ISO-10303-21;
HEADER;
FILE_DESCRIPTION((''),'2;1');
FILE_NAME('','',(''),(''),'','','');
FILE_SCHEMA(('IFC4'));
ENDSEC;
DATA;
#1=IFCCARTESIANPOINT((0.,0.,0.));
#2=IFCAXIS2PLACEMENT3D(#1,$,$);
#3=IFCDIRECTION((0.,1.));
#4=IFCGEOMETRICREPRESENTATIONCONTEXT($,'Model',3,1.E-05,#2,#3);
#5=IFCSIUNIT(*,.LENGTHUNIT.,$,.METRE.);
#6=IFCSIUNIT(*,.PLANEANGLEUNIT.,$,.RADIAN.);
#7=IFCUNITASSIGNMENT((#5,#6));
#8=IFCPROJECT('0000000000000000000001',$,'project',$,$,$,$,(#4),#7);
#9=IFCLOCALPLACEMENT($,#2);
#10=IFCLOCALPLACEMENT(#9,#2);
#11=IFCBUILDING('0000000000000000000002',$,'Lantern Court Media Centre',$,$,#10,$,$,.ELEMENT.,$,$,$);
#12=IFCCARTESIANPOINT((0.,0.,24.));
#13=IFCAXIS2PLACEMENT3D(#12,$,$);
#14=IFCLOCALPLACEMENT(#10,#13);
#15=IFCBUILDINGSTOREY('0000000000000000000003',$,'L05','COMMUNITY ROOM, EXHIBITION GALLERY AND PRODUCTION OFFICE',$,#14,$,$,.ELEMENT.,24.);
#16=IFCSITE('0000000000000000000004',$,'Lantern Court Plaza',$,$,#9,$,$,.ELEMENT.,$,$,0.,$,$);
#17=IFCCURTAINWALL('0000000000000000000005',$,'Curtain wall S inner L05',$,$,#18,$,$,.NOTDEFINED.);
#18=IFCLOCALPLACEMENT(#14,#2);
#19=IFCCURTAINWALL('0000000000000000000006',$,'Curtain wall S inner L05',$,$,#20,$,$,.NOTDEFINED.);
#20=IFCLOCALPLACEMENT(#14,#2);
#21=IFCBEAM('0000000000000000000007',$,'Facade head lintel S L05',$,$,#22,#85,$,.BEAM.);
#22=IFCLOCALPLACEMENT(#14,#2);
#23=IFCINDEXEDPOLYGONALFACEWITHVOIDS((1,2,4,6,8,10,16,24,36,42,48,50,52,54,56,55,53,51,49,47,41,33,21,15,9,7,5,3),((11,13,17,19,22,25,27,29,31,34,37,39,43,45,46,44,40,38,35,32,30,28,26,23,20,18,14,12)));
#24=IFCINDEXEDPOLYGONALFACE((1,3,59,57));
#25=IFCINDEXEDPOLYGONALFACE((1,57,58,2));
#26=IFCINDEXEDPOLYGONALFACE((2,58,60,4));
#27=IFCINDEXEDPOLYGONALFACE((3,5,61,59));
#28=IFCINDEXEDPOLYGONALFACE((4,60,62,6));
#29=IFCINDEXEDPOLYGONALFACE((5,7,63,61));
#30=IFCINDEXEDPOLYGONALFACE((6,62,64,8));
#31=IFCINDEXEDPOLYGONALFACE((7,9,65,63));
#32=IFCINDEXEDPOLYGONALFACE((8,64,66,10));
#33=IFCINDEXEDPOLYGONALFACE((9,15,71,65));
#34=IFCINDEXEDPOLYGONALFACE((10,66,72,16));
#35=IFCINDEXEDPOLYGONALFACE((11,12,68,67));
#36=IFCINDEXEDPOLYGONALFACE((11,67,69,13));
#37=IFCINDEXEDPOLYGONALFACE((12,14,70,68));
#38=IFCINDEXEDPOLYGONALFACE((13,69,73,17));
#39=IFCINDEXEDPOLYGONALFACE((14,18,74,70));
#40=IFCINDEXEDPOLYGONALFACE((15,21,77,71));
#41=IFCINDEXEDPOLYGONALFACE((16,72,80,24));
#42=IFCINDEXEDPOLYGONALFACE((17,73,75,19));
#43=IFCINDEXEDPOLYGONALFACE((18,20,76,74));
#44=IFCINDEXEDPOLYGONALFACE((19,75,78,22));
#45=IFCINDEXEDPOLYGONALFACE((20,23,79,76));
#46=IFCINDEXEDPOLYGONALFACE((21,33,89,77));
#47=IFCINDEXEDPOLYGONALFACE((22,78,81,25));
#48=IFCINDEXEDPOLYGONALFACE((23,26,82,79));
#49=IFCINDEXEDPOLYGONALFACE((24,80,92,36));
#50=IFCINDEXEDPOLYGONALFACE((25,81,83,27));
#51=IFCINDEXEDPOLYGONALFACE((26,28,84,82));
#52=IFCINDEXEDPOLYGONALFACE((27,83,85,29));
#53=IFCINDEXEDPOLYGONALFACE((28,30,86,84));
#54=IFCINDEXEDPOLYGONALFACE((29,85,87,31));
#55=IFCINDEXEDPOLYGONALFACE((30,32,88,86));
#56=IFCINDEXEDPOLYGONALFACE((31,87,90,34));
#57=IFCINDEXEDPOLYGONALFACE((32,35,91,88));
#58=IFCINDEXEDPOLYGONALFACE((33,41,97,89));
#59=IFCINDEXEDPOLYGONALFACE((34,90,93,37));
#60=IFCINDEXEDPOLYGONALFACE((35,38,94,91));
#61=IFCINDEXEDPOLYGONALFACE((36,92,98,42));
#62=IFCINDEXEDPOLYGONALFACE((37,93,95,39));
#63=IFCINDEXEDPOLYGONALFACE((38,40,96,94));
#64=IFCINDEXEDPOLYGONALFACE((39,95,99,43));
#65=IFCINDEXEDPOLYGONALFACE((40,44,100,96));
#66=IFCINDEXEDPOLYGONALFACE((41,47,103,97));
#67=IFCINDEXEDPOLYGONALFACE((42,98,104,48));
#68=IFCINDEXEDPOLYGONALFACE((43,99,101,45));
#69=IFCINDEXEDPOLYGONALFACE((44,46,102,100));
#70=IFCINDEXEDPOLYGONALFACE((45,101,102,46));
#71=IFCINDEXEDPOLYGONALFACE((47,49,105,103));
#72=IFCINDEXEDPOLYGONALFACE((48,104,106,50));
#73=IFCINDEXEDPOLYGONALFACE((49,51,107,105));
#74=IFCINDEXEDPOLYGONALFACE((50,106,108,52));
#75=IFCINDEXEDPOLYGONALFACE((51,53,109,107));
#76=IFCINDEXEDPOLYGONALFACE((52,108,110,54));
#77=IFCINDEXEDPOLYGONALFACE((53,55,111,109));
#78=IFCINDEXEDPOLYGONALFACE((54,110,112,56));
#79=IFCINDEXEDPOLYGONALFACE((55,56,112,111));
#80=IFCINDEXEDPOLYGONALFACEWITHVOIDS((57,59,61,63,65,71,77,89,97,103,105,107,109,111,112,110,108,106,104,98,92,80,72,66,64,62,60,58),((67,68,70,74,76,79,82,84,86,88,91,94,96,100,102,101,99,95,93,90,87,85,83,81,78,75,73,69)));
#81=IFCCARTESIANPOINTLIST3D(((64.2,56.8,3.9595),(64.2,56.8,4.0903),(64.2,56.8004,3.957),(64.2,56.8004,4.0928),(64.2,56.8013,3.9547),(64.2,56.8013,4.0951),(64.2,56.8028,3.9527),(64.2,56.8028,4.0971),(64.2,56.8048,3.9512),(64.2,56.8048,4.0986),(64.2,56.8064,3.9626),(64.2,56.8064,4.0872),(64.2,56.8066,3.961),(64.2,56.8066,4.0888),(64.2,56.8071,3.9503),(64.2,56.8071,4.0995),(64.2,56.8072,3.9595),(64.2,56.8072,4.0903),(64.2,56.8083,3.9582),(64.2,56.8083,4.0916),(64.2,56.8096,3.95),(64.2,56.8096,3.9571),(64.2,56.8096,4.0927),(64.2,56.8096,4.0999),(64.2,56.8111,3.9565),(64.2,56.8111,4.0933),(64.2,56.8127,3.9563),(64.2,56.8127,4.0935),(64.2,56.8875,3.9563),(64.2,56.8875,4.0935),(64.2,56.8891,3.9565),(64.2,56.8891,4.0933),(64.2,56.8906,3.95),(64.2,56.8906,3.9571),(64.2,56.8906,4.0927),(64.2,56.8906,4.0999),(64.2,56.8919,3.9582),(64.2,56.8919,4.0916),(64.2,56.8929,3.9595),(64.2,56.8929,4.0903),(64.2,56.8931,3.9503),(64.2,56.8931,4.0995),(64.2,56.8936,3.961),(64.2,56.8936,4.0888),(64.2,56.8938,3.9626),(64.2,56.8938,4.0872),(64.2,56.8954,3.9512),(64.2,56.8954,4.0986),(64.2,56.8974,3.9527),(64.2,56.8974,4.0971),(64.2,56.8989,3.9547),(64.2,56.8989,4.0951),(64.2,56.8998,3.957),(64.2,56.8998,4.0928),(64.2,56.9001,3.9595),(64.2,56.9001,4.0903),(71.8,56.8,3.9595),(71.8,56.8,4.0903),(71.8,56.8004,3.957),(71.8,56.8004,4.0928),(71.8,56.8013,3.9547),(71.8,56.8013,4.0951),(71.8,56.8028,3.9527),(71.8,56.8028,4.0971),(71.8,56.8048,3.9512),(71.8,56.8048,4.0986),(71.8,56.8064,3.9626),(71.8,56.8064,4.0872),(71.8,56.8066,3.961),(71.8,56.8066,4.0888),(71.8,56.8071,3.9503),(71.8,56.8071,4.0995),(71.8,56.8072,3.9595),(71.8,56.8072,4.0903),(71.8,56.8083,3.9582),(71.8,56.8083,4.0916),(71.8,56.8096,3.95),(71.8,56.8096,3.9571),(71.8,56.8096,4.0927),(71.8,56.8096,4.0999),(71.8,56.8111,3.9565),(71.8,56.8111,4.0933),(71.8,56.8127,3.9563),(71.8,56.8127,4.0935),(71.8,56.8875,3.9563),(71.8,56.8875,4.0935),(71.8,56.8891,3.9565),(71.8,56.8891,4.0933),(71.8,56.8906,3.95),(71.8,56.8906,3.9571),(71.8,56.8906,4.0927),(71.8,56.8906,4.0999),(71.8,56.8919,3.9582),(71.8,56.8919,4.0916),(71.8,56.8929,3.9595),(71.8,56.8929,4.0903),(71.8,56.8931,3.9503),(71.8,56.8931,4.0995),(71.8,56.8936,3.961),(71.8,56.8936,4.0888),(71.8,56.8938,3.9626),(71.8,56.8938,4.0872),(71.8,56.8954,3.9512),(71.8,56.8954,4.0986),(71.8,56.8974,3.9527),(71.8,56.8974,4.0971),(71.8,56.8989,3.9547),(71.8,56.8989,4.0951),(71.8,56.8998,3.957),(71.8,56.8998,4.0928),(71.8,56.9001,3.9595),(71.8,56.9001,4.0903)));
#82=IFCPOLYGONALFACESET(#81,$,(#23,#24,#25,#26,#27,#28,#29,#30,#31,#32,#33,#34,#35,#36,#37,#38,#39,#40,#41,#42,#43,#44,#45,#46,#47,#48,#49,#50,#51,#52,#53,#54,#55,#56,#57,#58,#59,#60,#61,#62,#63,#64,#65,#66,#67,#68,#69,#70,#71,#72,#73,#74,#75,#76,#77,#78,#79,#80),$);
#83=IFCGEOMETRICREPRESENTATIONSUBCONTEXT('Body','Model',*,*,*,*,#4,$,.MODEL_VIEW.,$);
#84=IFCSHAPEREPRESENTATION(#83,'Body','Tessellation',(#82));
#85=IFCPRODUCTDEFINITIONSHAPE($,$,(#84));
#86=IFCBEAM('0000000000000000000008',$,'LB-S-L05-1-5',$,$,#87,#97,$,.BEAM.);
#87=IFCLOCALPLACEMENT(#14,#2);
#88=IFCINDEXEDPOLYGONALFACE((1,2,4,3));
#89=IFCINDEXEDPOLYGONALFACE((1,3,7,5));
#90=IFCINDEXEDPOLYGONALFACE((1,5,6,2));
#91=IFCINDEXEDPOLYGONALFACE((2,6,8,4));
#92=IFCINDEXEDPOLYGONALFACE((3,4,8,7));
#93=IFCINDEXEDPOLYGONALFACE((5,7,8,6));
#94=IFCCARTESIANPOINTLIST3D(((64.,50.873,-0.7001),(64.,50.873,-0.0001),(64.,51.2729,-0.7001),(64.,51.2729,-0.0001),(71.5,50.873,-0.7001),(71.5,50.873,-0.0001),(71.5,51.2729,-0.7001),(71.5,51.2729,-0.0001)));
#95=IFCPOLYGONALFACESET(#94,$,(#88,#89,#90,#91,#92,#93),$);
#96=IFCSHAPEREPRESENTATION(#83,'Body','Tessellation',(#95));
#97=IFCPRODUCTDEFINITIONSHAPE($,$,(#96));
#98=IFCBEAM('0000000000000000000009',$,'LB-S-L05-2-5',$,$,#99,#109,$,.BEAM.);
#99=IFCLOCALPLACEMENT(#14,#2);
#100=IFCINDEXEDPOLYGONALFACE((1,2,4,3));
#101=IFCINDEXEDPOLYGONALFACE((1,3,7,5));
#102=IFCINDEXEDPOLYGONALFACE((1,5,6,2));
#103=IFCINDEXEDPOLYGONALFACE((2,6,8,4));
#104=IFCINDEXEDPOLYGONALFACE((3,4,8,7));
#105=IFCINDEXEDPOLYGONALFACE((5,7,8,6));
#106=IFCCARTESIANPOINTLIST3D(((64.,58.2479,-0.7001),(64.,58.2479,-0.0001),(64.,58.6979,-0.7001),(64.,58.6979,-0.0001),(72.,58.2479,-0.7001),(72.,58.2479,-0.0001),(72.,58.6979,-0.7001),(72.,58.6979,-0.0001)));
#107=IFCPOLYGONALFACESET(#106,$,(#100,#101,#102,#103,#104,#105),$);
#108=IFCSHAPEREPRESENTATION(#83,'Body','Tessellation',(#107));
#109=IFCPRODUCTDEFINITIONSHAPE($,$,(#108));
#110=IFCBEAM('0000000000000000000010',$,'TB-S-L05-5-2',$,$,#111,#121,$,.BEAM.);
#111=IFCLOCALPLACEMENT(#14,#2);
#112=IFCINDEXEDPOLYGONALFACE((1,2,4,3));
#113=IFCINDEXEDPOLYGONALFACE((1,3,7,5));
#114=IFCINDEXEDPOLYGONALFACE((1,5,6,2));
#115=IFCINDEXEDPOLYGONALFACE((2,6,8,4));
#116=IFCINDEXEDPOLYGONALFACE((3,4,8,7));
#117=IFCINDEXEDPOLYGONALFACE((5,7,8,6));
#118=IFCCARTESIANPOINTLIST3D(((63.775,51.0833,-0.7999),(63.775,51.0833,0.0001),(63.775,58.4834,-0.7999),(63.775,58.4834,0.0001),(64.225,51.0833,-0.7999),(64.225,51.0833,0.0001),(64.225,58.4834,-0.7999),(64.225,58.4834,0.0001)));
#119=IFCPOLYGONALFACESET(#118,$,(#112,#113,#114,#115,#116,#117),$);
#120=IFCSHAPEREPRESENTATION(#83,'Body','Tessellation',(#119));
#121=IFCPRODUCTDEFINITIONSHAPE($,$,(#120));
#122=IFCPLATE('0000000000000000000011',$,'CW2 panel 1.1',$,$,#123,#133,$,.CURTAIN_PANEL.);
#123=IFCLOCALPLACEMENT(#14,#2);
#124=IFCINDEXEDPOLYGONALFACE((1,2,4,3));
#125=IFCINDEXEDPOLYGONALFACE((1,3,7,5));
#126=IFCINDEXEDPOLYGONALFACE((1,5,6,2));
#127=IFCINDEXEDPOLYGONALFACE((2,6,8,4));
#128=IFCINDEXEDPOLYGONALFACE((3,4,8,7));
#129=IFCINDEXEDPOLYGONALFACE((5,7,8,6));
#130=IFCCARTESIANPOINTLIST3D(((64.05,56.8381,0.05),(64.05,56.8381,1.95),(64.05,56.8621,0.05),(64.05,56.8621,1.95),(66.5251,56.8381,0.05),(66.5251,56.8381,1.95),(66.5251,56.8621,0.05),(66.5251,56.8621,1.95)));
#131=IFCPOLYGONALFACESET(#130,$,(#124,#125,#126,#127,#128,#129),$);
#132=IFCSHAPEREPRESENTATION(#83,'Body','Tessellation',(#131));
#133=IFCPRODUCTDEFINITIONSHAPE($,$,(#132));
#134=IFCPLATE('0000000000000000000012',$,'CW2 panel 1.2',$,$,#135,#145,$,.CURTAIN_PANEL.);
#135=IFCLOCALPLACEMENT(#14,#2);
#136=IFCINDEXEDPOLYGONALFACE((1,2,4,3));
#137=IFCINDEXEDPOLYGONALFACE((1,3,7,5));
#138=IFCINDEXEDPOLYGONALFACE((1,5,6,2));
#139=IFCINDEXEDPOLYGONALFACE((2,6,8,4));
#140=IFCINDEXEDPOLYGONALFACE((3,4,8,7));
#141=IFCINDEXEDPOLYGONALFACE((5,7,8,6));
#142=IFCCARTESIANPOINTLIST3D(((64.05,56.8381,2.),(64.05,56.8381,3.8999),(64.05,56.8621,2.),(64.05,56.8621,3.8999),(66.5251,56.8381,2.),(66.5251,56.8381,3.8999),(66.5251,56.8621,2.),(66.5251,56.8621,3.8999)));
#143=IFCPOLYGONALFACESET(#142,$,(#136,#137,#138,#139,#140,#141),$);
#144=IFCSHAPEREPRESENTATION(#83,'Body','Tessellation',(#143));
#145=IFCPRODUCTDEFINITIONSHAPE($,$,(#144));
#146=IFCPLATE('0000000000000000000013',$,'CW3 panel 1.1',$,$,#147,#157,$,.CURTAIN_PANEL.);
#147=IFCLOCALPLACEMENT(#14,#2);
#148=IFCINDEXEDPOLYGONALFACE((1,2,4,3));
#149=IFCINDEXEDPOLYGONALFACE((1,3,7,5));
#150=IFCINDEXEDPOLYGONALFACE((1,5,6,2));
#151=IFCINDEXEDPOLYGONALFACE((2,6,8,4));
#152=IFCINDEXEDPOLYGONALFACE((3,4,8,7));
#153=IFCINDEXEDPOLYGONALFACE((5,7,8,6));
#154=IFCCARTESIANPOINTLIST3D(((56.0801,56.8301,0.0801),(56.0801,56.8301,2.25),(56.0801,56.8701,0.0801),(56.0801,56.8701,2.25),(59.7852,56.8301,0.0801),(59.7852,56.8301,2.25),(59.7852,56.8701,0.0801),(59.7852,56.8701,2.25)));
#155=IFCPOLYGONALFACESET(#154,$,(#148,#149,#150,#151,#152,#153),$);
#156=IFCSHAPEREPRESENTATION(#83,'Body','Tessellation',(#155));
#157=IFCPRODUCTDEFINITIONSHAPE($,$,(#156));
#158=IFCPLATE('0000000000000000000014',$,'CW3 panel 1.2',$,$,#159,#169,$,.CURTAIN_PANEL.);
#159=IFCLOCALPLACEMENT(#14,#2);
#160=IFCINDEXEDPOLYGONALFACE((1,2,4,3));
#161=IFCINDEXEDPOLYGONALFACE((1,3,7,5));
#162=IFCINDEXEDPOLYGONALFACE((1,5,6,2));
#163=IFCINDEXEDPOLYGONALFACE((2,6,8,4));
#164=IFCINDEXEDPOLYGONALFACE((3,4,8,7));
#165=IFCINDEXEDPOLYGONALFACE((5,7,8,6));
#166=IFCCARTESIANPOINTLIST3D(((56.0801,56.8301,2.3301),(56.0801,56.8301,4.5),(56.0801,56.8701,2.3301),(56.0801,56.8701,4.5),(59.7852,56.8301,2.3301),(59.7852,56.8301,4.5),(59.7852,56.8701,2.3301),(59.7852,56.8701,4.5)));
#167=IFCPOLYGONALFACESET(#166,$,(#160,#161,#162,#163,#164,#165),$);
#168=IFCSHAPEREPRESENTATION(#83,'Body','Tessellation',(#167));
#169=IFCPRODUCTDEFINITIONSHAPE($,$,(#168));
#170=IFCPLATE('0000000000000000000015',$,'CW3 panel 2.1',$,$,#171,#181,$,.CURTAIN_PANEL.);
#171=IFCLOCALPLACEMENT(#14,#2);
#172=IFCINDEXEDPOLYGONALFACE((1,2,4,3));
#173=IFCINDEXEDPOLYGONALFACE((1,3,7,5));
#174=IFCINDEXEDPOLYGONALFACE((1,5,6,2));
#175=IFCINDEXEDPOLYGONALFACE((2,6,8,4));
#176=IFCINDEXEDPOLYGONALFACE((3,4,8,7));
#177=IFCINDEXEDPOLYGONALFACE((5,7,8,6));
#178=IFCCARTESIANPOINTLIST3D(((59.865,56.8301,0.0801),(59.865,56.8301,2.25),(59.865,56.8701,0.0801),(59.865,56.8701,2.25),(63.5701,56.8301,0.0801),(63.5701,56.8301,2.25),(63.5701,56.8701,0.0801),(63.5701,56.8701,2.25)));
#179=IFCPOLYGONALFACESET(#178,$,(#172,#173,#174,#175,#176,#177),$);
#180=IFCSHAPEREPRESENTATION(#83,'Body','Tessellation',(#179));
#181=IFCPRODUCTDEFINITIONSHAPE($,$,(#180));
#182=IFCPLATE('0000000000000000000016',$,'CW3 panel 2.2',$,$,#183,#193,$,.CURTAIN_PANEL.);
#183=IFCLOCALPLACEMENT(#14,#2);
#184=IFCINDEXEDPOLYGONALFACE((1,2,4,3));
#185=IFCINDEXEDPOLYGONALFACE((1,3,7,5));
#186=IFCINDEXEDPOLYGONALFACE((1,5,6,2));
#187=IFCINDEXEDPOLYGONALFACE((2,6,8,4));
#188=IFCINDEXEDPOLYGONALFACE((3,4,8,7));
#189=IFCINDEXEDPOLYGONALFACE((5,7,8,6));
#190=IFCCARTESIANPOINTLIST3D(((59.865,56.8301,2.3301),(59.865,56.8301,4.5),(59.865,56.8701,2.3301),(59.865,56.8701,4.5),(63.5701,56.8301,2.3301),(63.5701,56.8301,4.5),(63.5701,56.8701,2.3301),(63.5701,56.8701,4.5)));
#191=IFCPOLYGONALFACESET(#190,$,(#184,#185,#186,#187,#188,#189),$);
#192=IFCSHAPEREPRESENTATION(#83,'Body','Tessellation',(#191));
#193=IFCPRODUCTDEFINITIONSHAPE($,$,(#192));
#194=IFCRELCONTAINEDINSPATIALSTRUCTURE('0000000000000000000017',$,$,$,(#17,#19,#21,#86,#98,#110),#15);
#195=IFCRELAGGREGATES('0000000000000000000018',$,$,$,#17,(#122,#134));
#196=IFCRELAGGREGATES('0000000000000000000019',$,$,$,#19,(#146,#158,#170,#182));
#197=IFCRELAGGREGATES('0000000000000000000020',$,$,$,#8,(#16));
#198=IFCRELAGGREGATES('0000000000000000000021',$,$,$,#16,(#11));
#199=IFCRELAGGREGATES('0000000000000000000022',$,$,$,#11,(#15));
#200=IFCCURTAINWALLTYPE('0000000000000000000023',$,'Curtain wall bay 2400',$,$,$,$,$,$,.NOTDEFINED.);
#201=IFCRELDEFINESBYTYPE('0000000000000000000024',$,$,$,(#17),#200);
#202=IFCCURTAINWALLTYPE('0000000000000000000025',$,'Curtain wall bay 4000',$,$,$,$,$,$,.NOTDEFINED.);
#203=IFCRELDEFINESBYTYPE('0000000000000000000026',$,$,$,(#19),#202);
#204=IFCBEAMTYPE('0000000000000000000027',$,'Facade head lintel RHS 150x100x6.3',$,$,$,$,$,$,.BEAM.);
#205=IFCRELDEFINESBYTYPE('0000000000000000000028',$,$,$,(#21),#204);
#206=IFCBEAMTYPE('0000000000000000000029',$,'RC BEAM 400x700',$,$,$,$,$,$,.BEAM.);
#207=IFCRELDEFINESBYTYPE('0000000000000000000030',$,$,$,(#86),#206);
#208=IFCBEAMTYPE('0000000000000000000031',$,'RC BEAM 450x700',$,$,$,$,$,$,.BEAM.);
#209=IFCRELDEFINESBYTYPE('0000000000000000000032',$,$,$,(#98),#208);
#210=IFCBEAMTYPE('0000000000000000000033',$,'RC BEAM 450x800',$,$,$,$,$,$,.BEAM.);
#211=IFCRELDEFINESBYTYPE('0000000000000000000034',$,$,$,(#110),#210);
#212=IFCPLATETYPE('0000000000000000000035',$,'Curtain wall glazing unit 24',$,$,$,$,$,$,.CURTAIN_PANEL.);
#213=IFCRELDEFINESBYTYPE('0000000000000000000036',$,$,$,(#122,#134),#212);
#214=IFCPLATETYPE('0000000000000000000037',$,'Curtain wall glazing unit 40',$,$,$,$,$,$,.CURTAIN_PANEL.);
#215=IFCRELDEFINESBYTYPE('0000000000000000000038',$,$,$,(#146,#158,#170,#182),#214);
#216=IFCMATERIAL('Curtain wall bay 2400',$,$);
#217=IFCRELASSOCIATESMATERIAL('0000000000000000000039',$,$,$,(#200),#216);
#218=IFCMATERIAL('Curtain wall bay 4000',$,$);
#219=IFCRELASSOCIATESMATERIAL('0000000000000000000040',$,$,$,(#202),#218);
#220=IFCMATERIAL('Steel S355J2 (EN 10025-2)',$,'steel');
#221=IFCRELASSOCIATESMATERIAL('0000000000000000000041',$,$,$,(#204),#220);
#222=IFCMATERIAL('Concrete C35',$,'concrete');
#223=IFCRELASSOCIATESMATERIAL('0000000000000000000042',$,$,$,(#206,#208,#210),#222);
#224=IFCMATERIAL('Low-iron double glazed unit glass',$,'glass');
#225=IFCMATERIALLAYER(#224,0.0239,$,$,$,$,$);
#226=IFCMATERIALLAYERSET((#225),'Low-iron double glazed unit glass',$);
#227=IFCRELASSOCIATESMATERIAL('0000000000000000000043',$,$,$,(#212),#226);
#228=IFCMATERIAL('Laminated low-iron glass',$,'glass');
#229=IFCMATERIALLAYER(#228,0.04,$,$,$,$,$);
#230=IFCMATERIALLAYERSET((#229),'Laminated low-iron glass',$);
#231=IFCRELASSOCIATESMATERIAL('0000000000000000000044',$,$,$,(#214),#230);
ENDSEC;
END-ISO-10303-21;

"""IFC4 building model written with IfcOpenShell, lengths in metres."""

from ifc_helpers import new_model, si_unit, direction, frame, origin, origin_2d, place, context, subcontext, project, spatial, rectangle, hollow_rectangle, extrude, material, layer, layer_set, material_profile, profile_set, type_object, element, aggregate, save


model = new_model("IFC4")

# Units and contexts
model_context = context("Model", 3, precision=1e-05, world=origin(), true_north=direction((0.0, 1.0)))
body_context = subcontext(model_context, "Body", "Model", "MODEL_VIEW")
ifc_project = project(units=[si_unit("LENGTHUNIT", "METRE"), si_unit("PLANEANGLEUNIT", "RADIAN")], contexts=[model_context])

# Site, building, storey
site_placement = place(None, origin())
site = spatial("IfcSite", under=ifc_project, at=site_placement, Name="Lantern Court Plaza", CompositionType="ELEMENT", RefElevation=0.0)
building_placement = place(site_placement, origin())
building = spatial("IfcBuilding", under=site, at=building_placement, Name="Lantern Court Media Centre", CompositionType="ELEMENT")
storey_placement = place(building_placement, frame((0.0, 0.0, 24.0)))
storey = spatial("IfcBuildingStorey", under=building, at=storey_placement, Name="L05", Description="COMMUNITY ROOM, EXHIBITION GALLERY AND PRODUCTION OFFICE", CompositionType="ELEMENT", Elevation=24.0)

# Shared definitions
ifc_material_1 = material(Name="Concrete C35", Category="concrete")

# Curtain walls
ifc_material_2 = material(Name="Curtain wall bay 2400")
curtain_wall_type_1 = type_object("IfcCurtainWallType", Name="Curtain wall bay 2400", PredefinedType="NOTDEFINED", material=ifc_material_2)
curtain_wall_1_placement = place(storey_placement, origin())
curtain_wall_1 = element("IfcCurtainWall", 1, at=curtain_wall_1_placement, inside=storey, type_object=curtain_wall_type_1, Name="Curtain wall S inner L05", PredefinedType="NOTDEFINED")
ifc_material_3 = material(Name="Curtain wall bay 4000")
curtain_wall_type_2 = type_object("IfcCurtainWallType", Name="Curtain wall bay 4000", PredefinedType="NOTDEFINED", material=ifc_material_3)
curtain_wall_2_placement = place(storey_placement, origin())
curtain_wall_2 = element("IfcCurtainWall", 2, at=curtain_wall_2_placement, inside=storey, type_object=curtain_wall_type_2, Name="Curtain wall S inner L05", PredefinedType="NOTDEFINED")

# Beams
ifc_material_4 = material(Name="Steel S355J2 (EN 10025-2)", Category="steel")
ifc_material_profile_1 = material_profile(ifc_material_4, hollow_rectangle(XDim=0.1001, YDim=0.1499, WallThickness=0.0063, InnerFilletRadius=0.0063, OuterFilletRadius=0.0095, at=origin_2d()), Name="Facade head lintel RHS 150x100x6.3")
ifc_profile_set_1 = profile_set([ifc_material_profile_1], Name="Steel S355J2 (EN 10025-2)")
beam_type_1 = type_object("IfcBeamType", Name="Facade head lintel RHS 150x100x6.3", PredefinedType="BEAM", material=ifc_profile_set_1)
beam_1_placement = place(storey_placement, frame((64.2, 56.8501, 4.0249), z_axis=(1.0, 0.0, 0.0), x_axis=(0.0, 1.0, 0.0)))
element("IfcBeam", 3, at=beam_1_placement, inside=storey, type_object=beam_type_1, Name="Facade head lintel S L05", PredefinedType="BEAM", context=body_context, shape_type="SweptSolid", body=[
    extrude(hollow_rectangle(XDim=0.1001, YDim=0.1499, WallThickness=0.0063, InnerFilletRadius=0.0063, OuterFilletRadius=0.0095, at=origin_2d()), origin(), (0.0, 0.0, 1.0), 7.6001),
])
ifc_material_profile_2 = material_profile(ifc_material_1, rectangle(XDim=0.3999, YDim=0.7, at=origin_2d()), Name="RC 400x700")
ifc_profile_set_2 = profile_set([ifc_material_profile_2], Name="Concrete C35")
beam_type_2 = type_object("IfcBeamType", Name="RC BEAM 400x700", PredefinedType="BEAM", material=ifc_profile_set_2)
beam_2_placement = place(storey_placement, frame((64.0, 51.073, -0.3501), z_axis=(1.0, 0.0, 0.0), x_axis=(0.0, 1.0, 0.0)))
element("IfcBeam", 4, at=beam_2_placement, inside=storey, type_object=beam_type_2, Name="LB-S-L05-1-5", PredefinedType="BEAM", context=body_context, shape_type="SweptSolid", body=[
    extrude(rectangle(XDim=0.3999, YDim=0.7, at=origin_2d()), origin(), (0.0, 0.0, 1.0), 7.5),
])
ifc_material_profile_3 = material_profile(ifc_material_1, rectangle(XDim=0.45, YDim=0.7, at=origin_2d()), Name="RC 450x700")
ifc_profile_set_3 = profile_set([ifc_material_profile_3], Name="Concrete C35")
beam_type_3 = type_object("IfcBeamType", Name="RC BEAM 450x700", PredefinedType="BEAM", material=ifc_profile_set_3)
beam_3_placement = place(storey_placement, frame((64.0, 58.4729, -0.3501), z_axis=(1.0, 0.0, 0.0), x_axis=(0.0, 1.0, 0.0)))
element("IfcBeam", 5, at=beam_3_placement, inside=storey, type_object=beam_type_3, Name="LB-S-L05-2-5", PredefinedType="BEAM", context=body_context, shape_type="SweptSolid", body=[
    extrude(rectangle(XDim=0.45, YDim=0.7, at=origin_2d()), origin(), (0.0, 0.0, 1.0), 8.0),
])
ifc_material_profile_4 = material_profile(ifc_material_1, rectangle(XDim=0.45, YDim=0.8, at=origin_2d()), Name="RC 450x800")
ifc_profile_set_4 = profile_set([ifc_material_profile_4], Name="Concrete C35")
beam_type_4 = type_object("IfcBeamType", Name="RC BEAM 450x800", PredefinedType="BEAM", material=ifc_profile_set_4)
beam_4_placement = place(storey_placement, frame((64.0, 51.0833, -0.3999), z_axis=(0.0, 1.0, 0.0), x_axis=(-1.0, 0.0, 0.0)))
element("IfcBeam", 6, at=beam_4_placement, inside=storey, type_object=beam_type_4, Name="TB-S-L05-5-2", PredefinedType="BEAM", context=body_context, shape_type="SweptSolid", body=[
    extrude(rectangle(XDim=0.45, YDim=0.8, at=origin_2d()), origin(), (0.0, 0.0, 1.0), 7.4001),
])

# Plates
ifc_material_5 = material(Name="Low-iron double glazed unit glass", Category="glass")
ifc_layer_1 = layer(ifc_material_5, 0.0239)
ifc_layer_set_1 = layer_set([ifc_layer_1], Name="Low-iron double glazed unit glass")
plate_type_1 = type_object("IfcPlateType", Name="Curtain wall glazing unit 24", PredefinedType="CURTAIN_PANEL", material=ifc_layer_set_1)
plate_1_placement = place(storey_placement, frame((65.2876, 56.8501, 0.05), z_axis=(0.0, 0.0, 1.0), x_axis=(1.0, 0.0, 0.0)))
plate_1 = element("IfcPlate", 7, at=plate_1_placement, type_object=plate_type_1, Name="CW2 panel 1.1", PredefinedType="CURTAIN_PANEL", context=body_context, shape_type="SweptSolid", body=[
    extrude(rectangle(XDim=2.4751, YDim=0.0239, at=origin_2d()), origin(), (0.0, 0.0, 1.0), 1.8999),
])
plate_2_placement = place(storey_placement, frame((65.2876, 56.8501, 2.0), z_axis=(0.0, 0.0, 1.0), x_axis=(1.0, 0.0, 0.0)))
plate_2 = element("IfcPlate", 8, at=plate_2_placement, type_object=plate_type_1, Name="CW2 panel 1.2", PredefinedType="CURTAIN_PANEL", context=body_context, shape_type="SweptSolid", body=[
    extrude(rectangle(XDim=2.4751, YDim=0.0239, at=origin_2d()), origin(), (0.0, 0.0, 1.0), 1.8999),
])
aggregate(curtain_wall_1, [plate_1, plate_2])
ifc_material_6 = material(Name="Laminated low-iron glass", Category="glass")
ifc_layer_2 = layer(ifc_material_6, 0.04)
ifc_layer_set_2 = layer_set([ifc_layer_2], Name="Laminated low-iron glass")
plate_type_2 = type_object("IfcPlateType", Name="Curtain wall glazing unit 40", PredefinedType="CURTAIN_PANEL", material=ifc_layer_set_2)
plate_3_placement = place(storey_placement, frame((57.9326, 56.8501, 0.0801), z_axis=(0.0, 0.0, 1.0), x_axis=(1.0, 0.0, 0.0)))
plate_3 = element("IfcPlate", 9, at=plate_3_placement, type_object=plate_type_2, Name="CW3 panel 1.1", PredefinedType="CURTAIN_PANEL", context=body_context, shape_type="SweptSolid", body=[
    extrude(rectangle(XDim=3.7051, YDim=0.04, at=origin_2d()), origin(), (0.0, 0.0, 1.0), 2.1699),
])
plate_4_placement = place(storey_placement, frame((57.9326, 56.8501, 2.3301), z_axis=(0.0, 0.0, 1.0), x_axis=(1.0, 0.0, 0.0)))
plate_4 = element("IfcPlate", 10, at=plate_4_placement, type_object=plate_type_2, Name="CW3 panel 1.2", PredefinedType="CURTAIN_PANEL", context=body_context, shape_type="SweptSolid", body=[
    extrude(rectangle(XDim=3.7051, YDim=0.04, at=origin_2d()), origin(), (0.0, 0.0, 1.0), 2.1699),
])
plate_5_placement = place(storey_placement, frame((61.7175, 56.8501, 0.0801), z_axis=(0.0, 0.0, 1.0), x_axis=(1.0, 0.0, 0.0)))
plate_5 = element("IfcPlate", 11, at=plate_5_placement, type_object=plate_type_2, Name="CW3 panel 2.1", PredefinedType="CURTAIN_PANEL", context=body_context, shape_type="SweptSolid", body=[
    extrude(rectangle(XDim=3.7051, YDim=0.04, at=origin_2d()), origin(), (0.0, 0.0, 1.0), 2.1699),
])
plate_6_placement = place(storey_placement, frame((61.7175, 56.8501, 2.3301), z_axis=(0.0, 0.0, 1.0), x_axis=(1.0, 0.0, 0.0)))
plate_6 = element("IfcPlate", 12, at=plate_6_placement, type_object=plate_type_2, Name="CW3 panel 2.2", PredefinedType="CURTAIN_PANEL", context=body_context, shape_type="SweptSolid", body=[
    extrude(rectangle(XDim=3.7051, YDim=0.04, at=origin_2d()), origin(), (0.0, 0.0, 1.0), 2.1699),
])
aggregate(curtain_wall_2, [plate_3, plate_4, plate_5, plate_6])

save(model, "model.ifc")
